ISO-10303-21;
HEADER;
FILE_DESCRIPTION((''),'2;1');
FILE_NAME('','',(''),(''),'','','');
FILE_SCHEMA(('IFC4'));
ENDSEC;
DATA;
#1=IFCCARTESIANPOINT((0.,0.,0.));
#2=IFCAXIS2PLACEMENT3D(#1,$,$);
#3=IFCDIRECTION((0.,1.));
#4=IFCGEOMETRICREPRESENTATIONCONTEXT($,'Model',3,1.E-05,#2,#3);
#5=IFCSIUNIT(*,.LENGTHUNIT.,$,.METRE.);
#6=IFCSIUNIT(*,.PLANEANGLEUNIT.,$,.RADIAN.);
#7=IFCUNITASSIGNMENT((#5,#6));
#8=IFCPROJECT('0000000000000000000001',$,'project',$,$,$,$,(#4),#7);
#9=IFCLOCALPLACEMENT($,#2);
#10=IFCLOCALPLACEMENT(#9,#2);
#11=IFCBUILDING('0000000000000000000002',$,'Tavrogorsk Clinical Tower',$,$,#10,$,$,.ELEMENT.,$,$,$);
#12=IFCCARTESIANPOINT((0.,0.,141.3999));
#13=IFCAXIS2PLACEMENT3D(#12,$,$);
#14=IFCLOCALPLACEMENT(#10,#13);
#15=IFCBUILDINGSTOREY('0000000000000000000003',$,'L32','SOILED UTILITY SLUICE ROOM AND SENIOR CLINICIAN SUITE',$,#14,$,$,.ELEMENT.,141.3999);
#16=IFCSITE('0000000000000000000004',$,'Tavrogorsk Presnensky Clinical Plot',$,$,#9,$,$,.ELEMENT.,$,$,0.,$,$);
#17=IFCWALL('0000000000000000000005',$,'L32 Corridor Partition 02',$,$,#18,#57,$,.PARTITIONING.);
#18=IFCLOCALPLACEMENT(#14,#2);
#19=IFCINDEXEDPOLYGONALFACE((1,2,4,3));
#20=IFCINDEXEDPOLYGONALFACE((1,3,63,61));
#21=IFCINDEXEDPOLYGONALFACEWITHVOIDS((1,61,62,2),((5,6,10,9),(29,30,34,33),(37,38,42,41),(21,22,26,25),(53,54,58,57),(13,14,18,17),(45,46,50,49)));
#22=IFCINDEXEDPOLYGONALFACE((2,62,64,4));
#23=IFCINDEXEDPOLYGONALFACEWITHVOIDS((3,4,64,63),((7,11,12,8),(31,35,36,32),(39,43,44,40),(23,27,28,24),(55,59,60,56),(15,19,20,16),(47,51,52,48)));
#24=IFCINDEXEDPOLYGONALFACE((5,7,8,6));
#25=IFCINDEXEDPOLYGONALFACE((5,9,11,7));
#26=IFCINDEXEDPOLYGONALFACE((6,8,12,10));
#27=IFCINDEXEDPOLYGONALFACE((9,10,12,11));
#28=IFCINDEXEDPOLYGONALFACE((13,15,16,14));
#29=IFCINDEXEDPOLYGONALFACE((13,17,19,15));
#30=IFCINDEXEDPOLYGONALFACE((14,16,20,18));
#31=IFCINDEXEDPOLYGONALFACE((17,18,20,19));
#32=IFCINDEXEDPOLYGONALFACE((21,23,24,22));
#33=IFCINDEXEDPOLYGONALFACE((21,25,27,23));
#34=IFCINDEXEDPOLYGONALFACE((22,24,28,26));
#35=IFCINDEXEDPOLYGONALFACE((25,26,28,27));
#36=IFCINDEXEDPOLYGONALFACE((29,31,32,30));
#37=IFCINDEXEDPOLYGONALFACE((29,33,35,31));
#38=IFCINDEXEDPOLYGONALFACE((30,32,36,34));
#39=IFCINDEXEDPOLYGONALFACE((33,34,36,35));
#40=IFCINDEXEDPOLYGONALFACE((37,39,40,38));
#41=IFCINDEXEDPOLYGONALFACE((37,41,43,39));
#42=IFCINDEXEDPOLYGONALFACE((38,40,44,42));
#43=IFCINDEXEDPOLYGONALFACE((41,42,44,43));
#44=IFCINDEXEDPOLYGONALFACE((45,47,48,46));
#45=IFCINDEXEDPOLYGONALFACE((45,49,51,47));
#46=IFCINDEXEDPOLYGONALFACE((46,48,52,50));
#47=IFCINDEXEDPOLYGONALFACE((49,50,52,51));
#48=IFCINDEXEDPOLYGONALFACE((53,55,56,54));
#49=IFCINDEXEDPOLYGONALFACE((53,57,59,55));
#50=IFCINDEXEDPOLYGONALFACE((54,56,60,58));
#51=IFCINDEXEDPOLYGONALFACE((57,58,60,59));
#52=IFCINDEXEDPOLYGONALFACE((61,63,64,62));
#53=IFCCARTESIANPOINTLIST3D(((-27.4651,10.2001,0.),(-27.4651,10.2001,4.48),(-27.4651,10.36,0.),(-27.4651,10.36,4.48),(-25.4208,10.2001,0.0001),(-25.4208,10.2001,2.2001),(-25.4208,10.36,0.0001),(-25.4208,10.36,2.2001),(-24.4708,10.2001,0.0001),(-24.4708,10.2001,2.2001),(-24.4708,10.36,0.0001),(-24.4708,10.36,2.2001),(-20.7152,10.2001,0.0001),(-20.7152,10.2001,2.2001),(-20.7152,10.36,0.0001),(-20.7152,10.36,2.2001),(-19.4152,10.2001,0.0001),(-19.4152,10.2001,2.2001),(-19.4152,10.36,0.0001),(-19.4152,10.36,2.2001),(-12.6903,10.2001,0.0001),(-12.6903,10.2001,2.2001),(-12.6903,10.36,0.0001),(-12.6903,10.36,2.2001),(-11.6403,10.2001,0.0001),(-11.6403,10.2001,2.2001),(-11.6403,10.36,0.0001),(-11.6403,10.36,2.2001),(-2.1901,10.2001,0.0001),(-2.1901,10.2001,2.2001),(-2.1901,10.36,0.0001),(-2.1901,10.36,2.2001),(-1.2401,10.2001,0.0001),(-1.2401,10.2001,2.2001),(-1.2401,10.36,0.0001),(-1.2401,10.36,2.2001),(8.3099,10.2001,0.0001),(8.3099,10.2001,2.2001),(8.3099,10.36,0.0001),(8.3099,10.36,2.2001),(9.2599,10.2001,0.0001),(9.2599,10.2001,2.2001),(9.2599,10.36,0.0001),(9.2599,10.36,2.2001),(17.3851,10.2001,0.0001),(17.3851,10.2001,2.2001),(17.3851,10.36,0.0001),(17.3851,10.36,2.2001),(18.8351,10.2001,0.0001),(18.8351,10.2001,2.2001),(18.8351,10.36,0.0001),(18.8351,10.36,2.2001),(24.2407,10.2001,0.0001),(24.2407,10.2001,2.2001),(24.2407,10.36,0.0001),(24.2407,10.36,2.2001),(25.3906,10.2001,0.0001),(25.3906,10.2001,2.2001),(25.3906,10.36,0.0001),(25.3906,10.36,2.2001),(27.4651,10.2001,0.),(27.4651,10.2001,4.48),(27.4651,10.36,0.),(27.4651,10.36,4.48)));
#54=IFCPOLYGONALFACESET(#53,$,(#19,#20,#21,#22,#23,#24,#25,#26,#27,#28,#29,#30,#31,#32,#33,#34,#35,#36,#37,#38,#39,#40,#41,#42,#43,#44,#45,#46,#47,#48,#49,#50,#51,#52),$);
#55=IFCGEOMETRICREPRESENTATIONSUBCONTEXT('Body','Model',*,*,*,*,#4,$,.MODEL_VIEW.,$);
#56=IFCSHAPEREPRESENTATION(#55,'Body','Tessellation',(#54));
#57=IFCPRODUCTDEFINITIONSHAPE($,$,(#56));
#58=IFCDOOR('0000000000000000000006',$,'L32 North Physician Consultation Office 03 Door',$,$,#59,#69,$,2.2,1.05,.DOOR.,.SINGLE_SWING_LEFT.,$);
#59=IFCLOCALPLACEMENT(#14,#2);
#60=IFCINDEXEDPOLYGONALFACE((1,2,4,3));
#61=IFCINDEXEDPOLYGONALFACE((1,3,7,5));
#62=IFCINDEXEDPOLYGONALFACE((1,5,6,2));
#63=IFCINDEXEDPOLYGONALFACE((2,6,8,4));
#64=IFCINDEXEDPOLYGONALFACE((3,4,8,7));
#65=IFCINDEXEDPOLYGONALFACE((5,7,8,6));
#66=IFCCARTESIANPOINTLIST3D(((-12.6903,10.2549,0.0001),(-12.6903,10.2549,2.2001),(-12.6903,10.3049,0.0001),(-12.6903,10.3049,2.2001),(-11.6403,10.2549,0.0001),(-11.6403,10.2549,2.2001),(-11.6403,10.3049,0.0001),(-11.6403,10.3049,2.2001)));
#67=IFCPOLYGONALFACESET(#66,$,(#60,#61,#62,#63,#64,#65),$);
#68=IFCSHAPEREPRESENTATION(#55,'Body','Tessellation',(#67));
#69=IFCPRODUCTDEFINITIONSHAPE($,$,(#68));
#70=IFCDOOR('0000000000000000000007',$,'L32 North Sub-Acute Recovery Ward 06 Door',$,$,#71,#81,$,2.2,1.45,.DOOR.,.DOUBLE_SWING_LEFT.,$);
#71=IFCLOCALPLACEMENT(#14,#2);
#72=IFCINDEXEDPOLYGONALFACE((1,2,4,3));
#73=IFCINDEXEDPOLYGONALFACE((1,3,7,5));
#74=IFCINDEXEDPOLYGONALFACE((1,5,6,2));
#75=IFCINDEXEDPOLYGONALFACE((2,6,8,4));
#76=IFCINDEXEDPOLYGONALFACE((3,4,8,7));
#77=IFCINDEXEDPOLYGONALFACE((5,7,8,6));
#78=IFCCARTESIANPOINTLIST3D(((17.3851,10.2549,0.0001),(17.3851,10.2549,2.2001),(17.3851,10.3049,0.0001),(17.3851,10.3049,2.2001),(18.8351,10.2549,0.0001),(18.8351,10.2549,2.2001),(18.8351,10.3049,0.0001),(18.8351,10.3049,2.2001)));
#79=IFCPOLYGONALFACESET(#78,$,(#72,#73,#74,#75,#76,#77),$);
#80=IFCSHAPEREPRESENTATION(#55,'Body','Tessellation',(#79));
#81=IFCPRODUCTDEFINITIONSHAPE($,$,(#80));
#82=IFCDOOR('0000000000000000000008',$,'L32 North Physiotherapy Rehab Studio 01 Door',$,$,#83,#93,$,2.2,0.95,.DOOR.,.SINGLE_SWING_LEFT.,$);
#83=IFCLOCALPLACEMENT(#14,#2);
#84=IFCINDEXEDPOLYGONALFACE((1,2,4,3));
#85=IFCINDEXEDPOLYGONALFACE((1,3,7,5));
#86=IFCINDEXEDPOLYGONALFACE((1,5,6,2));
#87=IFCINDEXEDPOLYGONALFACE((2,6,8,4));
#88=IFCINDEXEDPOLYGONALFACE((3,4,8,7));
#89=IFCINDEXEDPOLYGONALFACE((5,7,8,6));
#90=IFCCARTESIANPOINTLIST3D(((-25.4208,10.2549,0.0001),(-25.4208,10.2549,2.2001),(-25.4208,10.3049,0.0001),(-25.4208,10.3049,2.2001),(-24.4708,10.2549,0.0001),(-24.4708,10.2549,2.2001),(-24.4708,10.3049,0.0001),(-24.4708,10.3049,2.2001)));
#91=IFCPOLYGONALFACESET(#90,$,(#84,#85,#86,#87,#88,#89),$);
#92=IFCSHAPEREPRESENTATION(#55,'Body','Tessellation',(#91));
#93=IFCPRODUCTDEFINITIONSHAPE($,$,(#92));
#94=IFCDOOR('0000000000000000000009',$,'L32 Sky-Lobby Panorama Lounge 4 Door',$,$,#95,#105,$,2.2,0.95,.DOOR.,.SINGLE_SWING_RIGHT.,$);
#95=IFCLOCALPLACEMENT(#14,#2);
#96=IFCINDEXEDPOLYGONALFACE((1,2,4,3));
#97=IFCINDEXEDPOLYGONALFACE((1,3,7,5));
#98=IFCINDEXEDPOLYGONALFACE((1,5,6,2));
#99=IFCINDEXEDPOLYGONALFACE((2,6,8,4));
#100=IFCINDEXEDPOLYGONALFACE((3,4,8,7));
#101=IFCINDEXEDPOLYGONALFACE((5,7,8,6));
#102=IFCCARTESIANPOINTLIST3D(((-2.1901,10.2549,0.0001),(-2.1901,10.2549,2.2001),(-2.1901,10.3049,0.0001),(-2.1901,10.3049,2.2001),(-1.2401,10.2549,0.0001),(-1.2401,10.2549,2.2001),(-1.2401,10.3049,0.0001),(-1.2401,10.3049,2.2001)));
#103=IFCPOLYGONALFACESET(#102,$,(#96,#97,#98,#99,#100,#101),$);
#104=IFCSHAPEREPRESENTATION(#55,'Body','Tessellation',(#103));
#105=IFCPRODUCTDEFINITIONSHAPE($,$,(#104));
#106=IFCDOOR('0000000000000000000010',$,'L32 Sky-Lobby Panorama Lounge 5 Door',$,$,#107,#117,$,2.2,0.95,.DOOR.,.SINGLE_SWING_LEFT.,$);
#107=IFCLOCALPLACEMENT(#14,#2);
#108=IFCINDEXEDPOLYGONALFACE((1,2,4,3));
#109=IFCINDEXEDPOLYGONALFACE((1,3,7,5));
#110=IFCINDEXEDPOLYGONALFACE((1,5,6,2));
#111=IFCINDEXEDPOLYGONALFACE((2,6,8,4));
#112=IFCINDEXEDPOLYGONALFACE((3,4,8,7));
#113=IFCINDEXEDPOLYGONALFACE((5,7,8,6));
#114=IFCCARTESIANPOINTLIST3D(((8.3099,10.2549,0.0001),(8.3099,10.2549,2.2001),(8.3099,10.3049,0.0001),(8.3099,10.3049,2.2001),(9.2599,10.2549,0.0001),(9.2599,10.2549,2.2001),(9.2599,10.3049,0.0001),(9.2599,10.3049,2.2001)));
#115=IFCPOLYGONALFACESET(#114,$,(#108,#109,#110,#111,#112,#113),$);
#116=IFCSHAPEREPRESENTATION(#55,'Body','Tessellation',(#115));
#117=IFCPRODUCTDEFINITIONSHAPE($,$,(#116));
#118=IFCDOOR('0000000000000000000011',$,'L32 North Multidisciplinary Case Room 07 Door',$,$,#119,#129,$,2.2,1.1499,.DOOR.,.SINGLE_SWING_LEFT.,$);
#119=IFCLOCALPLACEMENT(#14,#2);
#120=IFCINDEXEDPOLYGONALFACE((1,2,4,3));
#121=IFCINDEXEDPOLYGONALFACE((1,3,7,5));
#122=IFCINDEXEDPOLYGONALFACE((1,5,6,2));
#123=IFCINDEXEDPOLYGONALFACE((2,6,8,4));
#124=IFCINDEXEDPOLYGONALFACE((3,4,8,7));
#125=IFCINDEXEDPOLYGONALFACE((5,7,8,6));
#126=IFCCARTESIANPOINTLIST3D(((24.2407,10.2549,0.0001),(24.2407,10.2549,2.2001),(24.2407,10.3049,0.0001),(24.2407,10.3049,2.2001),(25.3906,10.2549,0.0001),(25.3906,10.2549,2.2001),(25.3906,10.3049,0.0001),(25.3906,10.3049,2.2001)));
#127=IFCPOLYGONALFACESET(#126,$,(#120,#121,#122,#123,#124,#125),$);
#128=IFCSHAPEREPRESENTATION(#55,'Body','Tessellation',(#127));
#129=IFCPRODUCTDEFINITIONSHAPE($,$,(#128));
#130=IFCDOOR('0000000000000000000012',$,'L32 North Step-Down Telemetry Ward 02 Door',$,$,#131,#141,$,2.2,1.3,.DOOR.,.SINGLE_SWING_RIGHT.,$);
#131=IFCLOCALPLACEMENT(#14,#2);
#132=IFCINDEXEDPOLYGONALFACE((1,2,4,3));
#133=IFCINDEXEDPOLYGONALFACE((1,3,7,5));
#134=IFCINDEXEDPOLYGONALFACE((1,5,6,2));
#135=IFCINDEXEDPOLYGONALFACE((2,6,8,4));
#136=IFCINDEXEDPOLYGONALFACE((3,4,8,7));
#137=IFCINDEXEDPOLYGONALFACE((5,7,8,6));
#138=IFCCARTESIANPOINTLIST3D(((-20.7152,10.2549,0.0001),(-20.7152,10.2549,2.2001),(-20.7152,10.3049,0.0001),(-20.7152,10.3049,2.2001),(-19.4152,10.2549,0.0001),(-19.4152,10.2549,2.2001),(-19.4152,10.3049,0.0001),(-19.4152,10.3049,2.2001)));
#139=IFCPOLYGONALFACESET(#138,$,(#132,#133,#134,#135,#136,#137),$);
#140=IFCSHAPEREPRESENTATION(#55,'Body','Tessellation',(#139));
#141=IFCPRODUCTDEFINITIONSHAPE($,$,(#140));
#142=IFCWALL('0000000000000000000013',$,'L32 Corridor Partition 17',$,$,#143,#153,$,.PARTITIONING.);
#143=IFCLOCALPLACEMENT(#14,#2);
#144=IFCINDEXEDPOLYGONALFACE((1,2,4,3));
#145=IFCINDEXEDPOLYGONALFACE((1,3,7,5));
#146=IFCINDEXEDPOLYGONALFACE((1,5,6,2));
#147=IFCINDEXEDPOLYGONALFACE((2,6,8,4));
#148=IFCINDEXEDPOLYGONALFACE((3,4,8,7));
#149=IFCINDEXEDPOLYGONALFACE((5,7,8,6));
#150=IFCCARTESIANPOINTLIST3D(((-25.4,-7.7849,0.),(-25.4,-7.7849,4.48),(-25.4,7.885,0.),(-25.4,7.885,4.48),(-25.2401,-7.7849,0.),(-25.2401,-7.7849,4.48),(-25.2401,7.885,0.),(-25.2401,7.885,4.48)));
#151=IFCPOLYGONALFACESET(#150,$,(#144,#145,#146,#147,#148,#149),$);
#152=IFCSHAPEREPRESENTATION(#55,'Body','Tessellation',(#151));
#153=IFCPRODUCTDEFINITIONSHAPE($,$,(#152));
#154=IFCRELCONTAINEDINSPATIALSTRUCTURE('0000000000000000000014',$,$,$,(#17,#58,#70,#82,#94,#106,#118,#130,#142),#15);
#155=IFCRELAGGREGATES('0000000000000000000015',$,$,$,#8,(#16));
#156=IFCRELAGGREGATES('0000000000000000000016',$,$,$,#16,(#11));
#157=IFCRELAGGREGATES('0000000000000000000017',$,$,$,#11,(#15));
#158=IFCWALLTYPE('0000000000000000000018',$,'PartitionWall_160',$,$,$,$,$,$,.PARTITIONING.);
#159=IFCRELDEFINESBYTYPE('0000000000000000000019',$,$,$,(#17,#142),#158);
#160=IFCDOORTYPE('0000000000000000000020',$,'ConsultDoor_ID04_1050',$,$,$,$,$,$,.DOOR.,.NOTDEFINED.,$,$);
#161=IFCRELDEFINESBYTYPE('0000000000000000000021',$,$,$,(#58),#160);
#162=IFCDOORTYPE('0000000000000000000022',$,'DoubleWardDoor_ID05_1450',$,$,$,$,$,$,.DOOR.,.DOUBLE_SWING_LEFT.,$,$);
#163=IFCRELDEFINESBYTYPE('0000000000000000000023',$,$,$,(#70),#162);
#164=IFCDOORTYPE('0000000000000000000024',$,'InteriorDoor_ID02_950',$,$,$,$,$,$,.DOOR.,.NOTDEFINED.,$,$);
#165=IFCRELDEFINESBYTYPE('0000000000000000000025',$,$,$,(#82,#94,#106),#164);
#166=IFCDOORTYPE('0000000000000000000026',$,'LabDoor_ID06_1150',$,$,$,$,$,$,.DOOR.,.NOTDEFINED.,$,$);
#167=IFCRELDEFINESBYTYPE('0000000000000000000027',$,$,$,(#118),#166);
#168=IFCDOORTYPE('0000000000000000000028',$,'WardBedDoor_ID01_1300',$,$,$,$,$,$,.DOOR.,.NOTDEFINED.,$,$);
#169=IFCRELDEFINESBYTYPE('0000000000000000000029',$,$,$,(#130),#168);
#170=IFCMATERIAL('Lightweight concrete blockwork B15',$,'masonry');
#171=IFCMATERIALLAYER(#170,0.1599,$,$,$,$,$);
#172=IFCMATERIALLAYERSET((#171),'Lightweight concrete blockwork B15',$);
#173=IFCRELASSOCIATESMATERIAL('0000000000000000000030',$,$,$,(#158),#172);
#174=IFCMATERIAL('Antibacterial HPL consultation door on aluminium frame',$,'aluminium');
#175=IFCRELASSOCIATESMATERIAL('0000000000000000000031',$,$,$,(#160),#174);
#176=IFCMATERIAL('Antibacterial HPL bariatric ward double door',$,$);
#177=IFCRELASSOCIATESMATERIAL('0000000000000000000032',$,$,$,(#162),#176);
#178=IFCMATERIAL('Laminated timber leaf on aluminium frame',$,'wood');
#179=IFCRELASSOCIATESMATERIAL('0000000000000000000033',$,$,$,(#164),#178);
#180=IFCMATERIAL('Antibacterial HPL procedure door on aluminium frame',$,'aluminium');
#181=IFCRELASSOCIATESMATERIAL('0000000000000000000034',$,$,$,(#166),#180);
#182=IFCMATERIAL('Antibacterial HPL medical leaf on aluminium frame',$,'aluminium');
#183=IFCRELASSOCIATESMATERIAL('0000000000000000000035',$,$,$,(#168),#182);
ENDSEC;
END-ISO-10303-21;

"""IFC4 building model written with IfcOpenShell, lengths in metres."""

from ifc_helpers import new_model, si_unit, direction, frame, frame_2d, origin, place, context, subcontext, project, spatial, rectangle, extrude, material, layer, layer_set, type_object, element, fill, save


model = new_model("IFC4")

# Units and contexts
model_context = context("Model", 3, precision=1e-05, world=origin(), true_north=direction((0.0, 1.0)))
body_context = subcontext(model_context, "Body", "Model", "MODEL_VIEW")
ifc_project = project(units=[si_unit("LENGTHUNIT", "METRE"), si_unit("PLANEANGLEUNIT", "RADIAN")], contexts=[model_context])

# Site, building, storey
site_placement = place(None, origin())
site = spatial("IfcSite", under=ifc_project, at=site_placement, Name="Tavrogorsk Presnensky Clinical Plot", CompositionType="ELEMENT", RefElevation=0.0)
building_placement = place(site_placement, origin())
building = spatial("IfcBuilding", under=site, at=building_placement, Name="Tavrogorsk Clinical Tower", CompositionType="ELEMENT")
storey_placement = place(building_placement, frame((0.0, 0.0, 141.3999)))
storey = spatial("IfcBuildingStorey", under=building, at=storey_placement, Name="L32", Description="SOILED UTILITY SLUICE ROOM AND SENIOR CLINICIAN SUITE", CompositionType="ELEMENT", Elevation=141.3999)

# Wall, openings, doors
ifc_material_1 = material(Name="Lightweight concrete blockwork B15", Category="masonry")
ifc_layer_1 = layer(ifc_material_1, 0.1599)
ifc_layer_set_1 = layer_set([ifc_layer_1], Name="Lightweight concrete blockwork B15")
wall_type_1 = type_object("IfcWallType", Name="PartitionWall_160", PredefinedType="PARTITIONING", material=ifc_layer_set_1)
wall_1_placement = place(storey_placement, frame((-27.4651, 10.28, 0.0), z_axis=(0.0, 0.0, 1.0), x_axis=(1.0, 0.0, 0.0)))
wall_1 = element("IfcWall", 1, at=wall_1_placement, inside=storey, type_object=wall_type_1, Name="L32 Corridor Partition 02", PredefinedType="PARTITIONING", context=body_context, shape_type="SweptSolid", body=[
    extrude(rectangle(XDim=54.9302, YDim=0.1599, at=frame_2d((27.4651, 0.0))), origin(), (0.0, 0.0, 1.0), 4.48),
])
opening_1_placement = place(wall_1_placement, frame((2.0442, 0.0, 0.0)))
opening_1 = element("IfcOpeningElement", 2, at=opening_1_placement, cuts=wall_1, PredefinedType="OPENING", context=body_context, shape_type="SweptSolid", body=[
    extrude(rectangle(XDim=0.95, YDim=2.2, at=frame_2d((0.4751, 1.1001))), frame((0.0, 0.0898, 0.0), z_axis=(0.0, -1.0, 0.0), x_axis=(1.0, 0.0, 0.0)), (0.0, 0.0, 1.0), 0.1799),
])
opening_2_placement = place(wall_1_placement, frame((6.75, 0.0, 0.0)))
opening_2 = element("IfcOpeningElement", 3, at=opening_2_placement, cuts=wall_1, PredefinedType="OPENING", context=body_context, shape_type="SweptSolid", body=[
    extrude(rectangle(XDim=1.3, YDim=2.2, at=frame_2d((0.6499, 1.1001))), frame((0.0, 0.0898, 0.0), z_axis=(0.0, -1.0, 0.0), x_axis=(1.0, 0.0, 0.0)), (0.0, 0.0, 1.0), 0.1799),
])
opening_3_placement = place(wall_1_placement, frame((14.7749, 0.0, 0.0)))
opening_3 = element("IfcOpeningElement", 4, at=opening_3_placement, cuts=wall_1, PredefinedType="OPENING", context=body_context, shape_type="SweptSolid", body=[
    extrude(rectangle(XDim=1.05, YDim=2.2, at=frame_2d((0.5249, 1.1001))), frame((0.0, 0.0898, 0.0), z_axis=(0.0, -1.0, 0.0), x_axis=(1.0, 0.0, 0.0)), (0.0, 0.0, 1.0), 0.1799),
])
opening_4_placement = place(wall_1_placement, frame((25.2749, 0.0, 0.0)))
opening_4 = element("IfcOpeningElement", 5, at=opening_4_placement, cuts=wall_1, PredefinedType="OPENING", context=body_context, shape_type="SweptSolid", body=[
    extrude(rectangle(XDim=0.95, YDim=2.2, at=frame_2d((0.4751, 1.1001))), frame((0.0, 0.0898, 0.0), z_axis=(0.0, -1.0, 0.0), x_axis=(1.0, 0.0, 0.0)), (0.0, 0.0, 1.0), 0.1799),
])
opening_5_placement = place(wall_1_placement, frame((35.7749, 0.0, 0.0)))
opening_5 = element("IfcOpeningElement", 6, at=opening_5_placement, cuts=wall_1, PredefinedType="OPENING", context=body_context, shape_type="SweptSolid", body=[
    extrude(rectangle(XDim=0.95, YDim=2.2, at=frame_2d((0.4751, 1.1001))), frame((0.0, 0.0898, 0.0), z_axis=(0.0, -1.0, 0.0), x_axis=(1.0, 0.0, 0.0)), (0.0, 0.0, 1.0), 0.1799),
])
opening_6_placement = place(wall_1_placement, frame((44.8501, 0.0, 0.0)))
opening_6 = element("IfcOpeningElement", 7, at=opening_6_placement, cuts=wall_1, PredefinedType="OPENING", context=body_context, shape_type="SweptSolid", body=[
    extrude(rectangle(XDim=1.45, YDim=2.2, at=frame_2d((0.7251, 1.1001))), frame((0.0, 0.0898, 0.0), z_axis=(0.0, -1.0, 0.0), x_axis=(1.0, 0.0, 0.0)), (0.0, 0.0, 1.0), 0.1799),
])
opening_7_placement = place(wall_1_placement, frame((51.7058, 0.0, 0.0)))
opening_7 = element("IfcOpeningElement", 8, at=opening_7_placement, cuts=wall_1, PredefinedType="OPENING", context=body_context, shape_type="SweptSolid", body=[
    extrude(rectangle(XDim=1.1499, YDim=2.2, at=frame_2d((0.575, 1.1001))), frame((0.0, 0.0898, 0.0), z_axis=(0.0, -1.0, 0.0), x_axis=(1.0, 0.0, 0.0)), (0.0, 0.0, 1.0), 0.1799),
])
ifc_material_2 = material(Name="Antibacterial HPL consultation door on aluminium frame", Category="aluminium")
door_type_1 = type_object("IfcDoorType", Name="ConsultDoor_ID04_1050", OperationType="NOTDEFINED", PredefinedType="DOOR", material=ifc_material_2)
door_1_placement = place(opening_3_placement, origin())
door_1 = element("IfcDoor", 9, at=door_1_placement, inside=storey, type_object=door_type_1, Name="L32 North Physician Consultation Office 03 Door", OperationType="SINGLE_SWING_LEFT", OverallHeight=2.2, OverallWidth=1.05, PredefinedType="DOOR", context=body_context, shape_type="SweptSolid", body=[
    extrude(rectangle(XDim=1.05, YDim=2.2, at=frame_2d((0.5249, 1.1001))), frame((0.0, 0.0249, 0.0), z_axis=(0.0, -1.0, 0.0), x_axis=(1.0, 0.0, 0.0)), (0.0, 0.0, 1.0), 0.05),
])
fill(opening_3, door_1)
ifc_material_3 = material(Name="Antibacterial HPL bariatric ward double door")
door_type_2 = type_object("IfcDoorType", Name="DoubleWardDoor_ID05_1450", OperationType="DOUBLE_SWING_LEFT", PredefinedType="DOOR", material=ifc_material_3)
door_2_placement = place(opening_6_placement, origin())
door_2 = element("IfcDoor", 10, at=door_2_placement, inside=storey, type_object=door_type_2, Name="L32 North Sub-Acute Recovery Ward 06 Door", OperationType="DOUBLE_SWING_LEFT", OverallHeight=2.2, OverallWidth=1.45, PredefinedType="DOOR", context=body_context, shape_type="SweptSolid", body=[
    extrude(rectangle(XDim=1.45, YDim=2.2, at=frame_2d((0.7251, 1.1001))), frame((0.0, 0.0249, 0.0), z_axis=(0.0, -1.0, 0.0), x_axis=(1.0, 0.0, 0.0)), (0.0, 0.0, 1.0), 0.05),
])
fill(opening_6, door_2)
ifc_material_4 = material(Name="Laminated timber leaf on aluminium frame", Category="wood")
door_type_3 = type_object("IfcDoorType", Name="InteriorDoor_ID02_950", OperationType="NOTDEFINED", PredefinedType="DOOR", material=ifc_material_4)
door_3_placement = place(opening_1_placement, origin())
door_3 = element("IfcDoor", 11, at=door_3_placement, inside=storey, type_object=door_type_3, Name="L32 North Physiotherapy Rehab Studio 01 Door", OperationType="SINGLE_SWING_LEFT", OverallHeight=2.2, OverallWidth=0.95, PredefinedType="DOOR", context=body_context, shape_type="SweptSolid", body=[
    extrude(rectangle(XDim=0.95, YDim=2.2, at=frame_2d((0.4751, 1.1001))), frame((0.0, 0.0249, 0.0), z_axis=(0.0, -1.0, 0.0), x_axis=(1.0, 0.0, 0.0)), (0.0, 0.0, 1.0), 0.05),
])
fill(opening_1, door_3)
door_4_placement = place(opening_4_placement, origin())
door_4 = element("IfcDoor", 12, at=door_4_placement, inside=storey, type_object=door_type_3, Name="L32 Sky-Lobby Panorama Lounge 4 Door", OperationType="SINGLE_SWING_RIGHT", OverallHeight=2.2, OverallWidth=0.95, PredefinedType="DOOR", context=body_context, shape_type="SweptSolid", body=[
    extrude(rectangle(XDim=0.95, YDim=2.2, at=frame_2d((0.4751, 1.1001))), frame((0.0, 0.0249, 0.0), z_axis=(0.0, -1.0, 0.0), x_axis=(1.0, 0.0, 0.0)), (0.0, 0.0, 1.0), 0.05),
])
fill(opening_4, door_4)
door_5_placement = place(opening_5_placement, origin())
door_5 = element("IfcDoor", 13, at=door_5_placement, inside=storey, type_object=door_type_3, Name="L32 Sky-Lobby Panorama Lounge 5 Door", OperationType="SINGLE_SWING_LEFT", OverallHeight=2.2, OverallWidth=0.95, PredefinedType="DOOR", context=body_context, shape_type="SweptSolid", body=[
    extrude(rectangle(XDim=0.95, YDim=2.2, at=frame_2d((0.4751, 1.1001))), frame((0.0, 0.0249, 0.0), z_axis=(0.0, -1.0, 0.0), x_axis=(1.0, 0.0, 0.0)), (0.0, 0.0, 1.0), 0.05),
])
fill(opening_5, door_5)
ifc_material_5 = material(Name="Antibacterial HPL procedure door on aluminium frame", Category="aluminium")
door_type_4 = type_object("IfcDoorType", Name="LabDoor_ID06_1150", OperationType="NOTDEFINED", PredefinedType="DOOR", material=ifc_material_5)
door_6_placement = place(opening_7_placement, origin())
door_6 = element("IfcDoor", 14, at=door_6_placement, inside=storey, type_object=door_type_4, Name="L32 North Multidisciplinary Case Room 07 Door", OperationType="SINGLE_SWING_LEFT", OverallHeight=2.2, OverallWidth=1.1499, PredefinedType="DOOR", context=body_context, shape_type="SweptSolid", body=[
    extrude(rectangle(XDim=1.1499, YDim=2.2, at=frame_2d((0.575, 1.1001))), frame((0.0, 0.0249, 0.0), z_axis=(0.0, -1.0, 0.0), x_axis=(1.0, 0.0, 0.0)), (0.0, 0.0, 1.0), 0.05),
])
fill(opening_7, door_6)
ifc_material_6 = material(Name="Antibacterial HPL medical leaf on aluminium frame", Category="aluminium")
door_type_5 = type_object("IfcDoorType", Name="WardBedDoor_ID01_1300", OperationType="NOTDEFINED", PredefinedType="DOOR", material=ifc_material_6)
door_7_placement = place(opening_2_placement, origin())
door_7 = element("IfcDoor", 15, at=door_7_placement, inside=storey, type_object=door_type_5, Name="L32 North Step-Down Telemetry Ward 02 Door", OperationType="SINGLE_SWING_RIGHT", OverallHeight=2.2, OverallWidth=1.3, PredefinedType="DOOR", context=body_context, shape_type="SweptSolid", body=[
    extrude(rectangle(XDim=1.3, YDim=2.2, at=frame_2d((0.6499, 1.1001))), frame((0.0, 0.0249, 0.0), z_axis=(0.0, -1.0, 0.0), x_axis=(1.0, 0.0, 0.0)), (0.0, 0.0, 1.0), 0.05),
])
fill(opening_2, door_7)

# Wall
wall_2_placement = place(storey_placement, frame((-25.3201, 7.885, 0.0), z_axis=(0.0, 0.0, 1.0), x_axis=(0.0, -1.0, 0.0)))
element("IfcWall", 16, at=wall_2_placement, inside=storey, type_object=wall_type_1, Name="L32 Corridor Partition 17", PredefinedType="PARTITIONING", context=body_context, shape_type="SweptSolid", body=[
    extrude(rectangle(XDim=15.6699, YDim=0.1599, at=frame_2d((7.835, 0.0))), origin(), (0.0, 0.0, 1.0), 4.48),
])

save(model, "model.ifc")
